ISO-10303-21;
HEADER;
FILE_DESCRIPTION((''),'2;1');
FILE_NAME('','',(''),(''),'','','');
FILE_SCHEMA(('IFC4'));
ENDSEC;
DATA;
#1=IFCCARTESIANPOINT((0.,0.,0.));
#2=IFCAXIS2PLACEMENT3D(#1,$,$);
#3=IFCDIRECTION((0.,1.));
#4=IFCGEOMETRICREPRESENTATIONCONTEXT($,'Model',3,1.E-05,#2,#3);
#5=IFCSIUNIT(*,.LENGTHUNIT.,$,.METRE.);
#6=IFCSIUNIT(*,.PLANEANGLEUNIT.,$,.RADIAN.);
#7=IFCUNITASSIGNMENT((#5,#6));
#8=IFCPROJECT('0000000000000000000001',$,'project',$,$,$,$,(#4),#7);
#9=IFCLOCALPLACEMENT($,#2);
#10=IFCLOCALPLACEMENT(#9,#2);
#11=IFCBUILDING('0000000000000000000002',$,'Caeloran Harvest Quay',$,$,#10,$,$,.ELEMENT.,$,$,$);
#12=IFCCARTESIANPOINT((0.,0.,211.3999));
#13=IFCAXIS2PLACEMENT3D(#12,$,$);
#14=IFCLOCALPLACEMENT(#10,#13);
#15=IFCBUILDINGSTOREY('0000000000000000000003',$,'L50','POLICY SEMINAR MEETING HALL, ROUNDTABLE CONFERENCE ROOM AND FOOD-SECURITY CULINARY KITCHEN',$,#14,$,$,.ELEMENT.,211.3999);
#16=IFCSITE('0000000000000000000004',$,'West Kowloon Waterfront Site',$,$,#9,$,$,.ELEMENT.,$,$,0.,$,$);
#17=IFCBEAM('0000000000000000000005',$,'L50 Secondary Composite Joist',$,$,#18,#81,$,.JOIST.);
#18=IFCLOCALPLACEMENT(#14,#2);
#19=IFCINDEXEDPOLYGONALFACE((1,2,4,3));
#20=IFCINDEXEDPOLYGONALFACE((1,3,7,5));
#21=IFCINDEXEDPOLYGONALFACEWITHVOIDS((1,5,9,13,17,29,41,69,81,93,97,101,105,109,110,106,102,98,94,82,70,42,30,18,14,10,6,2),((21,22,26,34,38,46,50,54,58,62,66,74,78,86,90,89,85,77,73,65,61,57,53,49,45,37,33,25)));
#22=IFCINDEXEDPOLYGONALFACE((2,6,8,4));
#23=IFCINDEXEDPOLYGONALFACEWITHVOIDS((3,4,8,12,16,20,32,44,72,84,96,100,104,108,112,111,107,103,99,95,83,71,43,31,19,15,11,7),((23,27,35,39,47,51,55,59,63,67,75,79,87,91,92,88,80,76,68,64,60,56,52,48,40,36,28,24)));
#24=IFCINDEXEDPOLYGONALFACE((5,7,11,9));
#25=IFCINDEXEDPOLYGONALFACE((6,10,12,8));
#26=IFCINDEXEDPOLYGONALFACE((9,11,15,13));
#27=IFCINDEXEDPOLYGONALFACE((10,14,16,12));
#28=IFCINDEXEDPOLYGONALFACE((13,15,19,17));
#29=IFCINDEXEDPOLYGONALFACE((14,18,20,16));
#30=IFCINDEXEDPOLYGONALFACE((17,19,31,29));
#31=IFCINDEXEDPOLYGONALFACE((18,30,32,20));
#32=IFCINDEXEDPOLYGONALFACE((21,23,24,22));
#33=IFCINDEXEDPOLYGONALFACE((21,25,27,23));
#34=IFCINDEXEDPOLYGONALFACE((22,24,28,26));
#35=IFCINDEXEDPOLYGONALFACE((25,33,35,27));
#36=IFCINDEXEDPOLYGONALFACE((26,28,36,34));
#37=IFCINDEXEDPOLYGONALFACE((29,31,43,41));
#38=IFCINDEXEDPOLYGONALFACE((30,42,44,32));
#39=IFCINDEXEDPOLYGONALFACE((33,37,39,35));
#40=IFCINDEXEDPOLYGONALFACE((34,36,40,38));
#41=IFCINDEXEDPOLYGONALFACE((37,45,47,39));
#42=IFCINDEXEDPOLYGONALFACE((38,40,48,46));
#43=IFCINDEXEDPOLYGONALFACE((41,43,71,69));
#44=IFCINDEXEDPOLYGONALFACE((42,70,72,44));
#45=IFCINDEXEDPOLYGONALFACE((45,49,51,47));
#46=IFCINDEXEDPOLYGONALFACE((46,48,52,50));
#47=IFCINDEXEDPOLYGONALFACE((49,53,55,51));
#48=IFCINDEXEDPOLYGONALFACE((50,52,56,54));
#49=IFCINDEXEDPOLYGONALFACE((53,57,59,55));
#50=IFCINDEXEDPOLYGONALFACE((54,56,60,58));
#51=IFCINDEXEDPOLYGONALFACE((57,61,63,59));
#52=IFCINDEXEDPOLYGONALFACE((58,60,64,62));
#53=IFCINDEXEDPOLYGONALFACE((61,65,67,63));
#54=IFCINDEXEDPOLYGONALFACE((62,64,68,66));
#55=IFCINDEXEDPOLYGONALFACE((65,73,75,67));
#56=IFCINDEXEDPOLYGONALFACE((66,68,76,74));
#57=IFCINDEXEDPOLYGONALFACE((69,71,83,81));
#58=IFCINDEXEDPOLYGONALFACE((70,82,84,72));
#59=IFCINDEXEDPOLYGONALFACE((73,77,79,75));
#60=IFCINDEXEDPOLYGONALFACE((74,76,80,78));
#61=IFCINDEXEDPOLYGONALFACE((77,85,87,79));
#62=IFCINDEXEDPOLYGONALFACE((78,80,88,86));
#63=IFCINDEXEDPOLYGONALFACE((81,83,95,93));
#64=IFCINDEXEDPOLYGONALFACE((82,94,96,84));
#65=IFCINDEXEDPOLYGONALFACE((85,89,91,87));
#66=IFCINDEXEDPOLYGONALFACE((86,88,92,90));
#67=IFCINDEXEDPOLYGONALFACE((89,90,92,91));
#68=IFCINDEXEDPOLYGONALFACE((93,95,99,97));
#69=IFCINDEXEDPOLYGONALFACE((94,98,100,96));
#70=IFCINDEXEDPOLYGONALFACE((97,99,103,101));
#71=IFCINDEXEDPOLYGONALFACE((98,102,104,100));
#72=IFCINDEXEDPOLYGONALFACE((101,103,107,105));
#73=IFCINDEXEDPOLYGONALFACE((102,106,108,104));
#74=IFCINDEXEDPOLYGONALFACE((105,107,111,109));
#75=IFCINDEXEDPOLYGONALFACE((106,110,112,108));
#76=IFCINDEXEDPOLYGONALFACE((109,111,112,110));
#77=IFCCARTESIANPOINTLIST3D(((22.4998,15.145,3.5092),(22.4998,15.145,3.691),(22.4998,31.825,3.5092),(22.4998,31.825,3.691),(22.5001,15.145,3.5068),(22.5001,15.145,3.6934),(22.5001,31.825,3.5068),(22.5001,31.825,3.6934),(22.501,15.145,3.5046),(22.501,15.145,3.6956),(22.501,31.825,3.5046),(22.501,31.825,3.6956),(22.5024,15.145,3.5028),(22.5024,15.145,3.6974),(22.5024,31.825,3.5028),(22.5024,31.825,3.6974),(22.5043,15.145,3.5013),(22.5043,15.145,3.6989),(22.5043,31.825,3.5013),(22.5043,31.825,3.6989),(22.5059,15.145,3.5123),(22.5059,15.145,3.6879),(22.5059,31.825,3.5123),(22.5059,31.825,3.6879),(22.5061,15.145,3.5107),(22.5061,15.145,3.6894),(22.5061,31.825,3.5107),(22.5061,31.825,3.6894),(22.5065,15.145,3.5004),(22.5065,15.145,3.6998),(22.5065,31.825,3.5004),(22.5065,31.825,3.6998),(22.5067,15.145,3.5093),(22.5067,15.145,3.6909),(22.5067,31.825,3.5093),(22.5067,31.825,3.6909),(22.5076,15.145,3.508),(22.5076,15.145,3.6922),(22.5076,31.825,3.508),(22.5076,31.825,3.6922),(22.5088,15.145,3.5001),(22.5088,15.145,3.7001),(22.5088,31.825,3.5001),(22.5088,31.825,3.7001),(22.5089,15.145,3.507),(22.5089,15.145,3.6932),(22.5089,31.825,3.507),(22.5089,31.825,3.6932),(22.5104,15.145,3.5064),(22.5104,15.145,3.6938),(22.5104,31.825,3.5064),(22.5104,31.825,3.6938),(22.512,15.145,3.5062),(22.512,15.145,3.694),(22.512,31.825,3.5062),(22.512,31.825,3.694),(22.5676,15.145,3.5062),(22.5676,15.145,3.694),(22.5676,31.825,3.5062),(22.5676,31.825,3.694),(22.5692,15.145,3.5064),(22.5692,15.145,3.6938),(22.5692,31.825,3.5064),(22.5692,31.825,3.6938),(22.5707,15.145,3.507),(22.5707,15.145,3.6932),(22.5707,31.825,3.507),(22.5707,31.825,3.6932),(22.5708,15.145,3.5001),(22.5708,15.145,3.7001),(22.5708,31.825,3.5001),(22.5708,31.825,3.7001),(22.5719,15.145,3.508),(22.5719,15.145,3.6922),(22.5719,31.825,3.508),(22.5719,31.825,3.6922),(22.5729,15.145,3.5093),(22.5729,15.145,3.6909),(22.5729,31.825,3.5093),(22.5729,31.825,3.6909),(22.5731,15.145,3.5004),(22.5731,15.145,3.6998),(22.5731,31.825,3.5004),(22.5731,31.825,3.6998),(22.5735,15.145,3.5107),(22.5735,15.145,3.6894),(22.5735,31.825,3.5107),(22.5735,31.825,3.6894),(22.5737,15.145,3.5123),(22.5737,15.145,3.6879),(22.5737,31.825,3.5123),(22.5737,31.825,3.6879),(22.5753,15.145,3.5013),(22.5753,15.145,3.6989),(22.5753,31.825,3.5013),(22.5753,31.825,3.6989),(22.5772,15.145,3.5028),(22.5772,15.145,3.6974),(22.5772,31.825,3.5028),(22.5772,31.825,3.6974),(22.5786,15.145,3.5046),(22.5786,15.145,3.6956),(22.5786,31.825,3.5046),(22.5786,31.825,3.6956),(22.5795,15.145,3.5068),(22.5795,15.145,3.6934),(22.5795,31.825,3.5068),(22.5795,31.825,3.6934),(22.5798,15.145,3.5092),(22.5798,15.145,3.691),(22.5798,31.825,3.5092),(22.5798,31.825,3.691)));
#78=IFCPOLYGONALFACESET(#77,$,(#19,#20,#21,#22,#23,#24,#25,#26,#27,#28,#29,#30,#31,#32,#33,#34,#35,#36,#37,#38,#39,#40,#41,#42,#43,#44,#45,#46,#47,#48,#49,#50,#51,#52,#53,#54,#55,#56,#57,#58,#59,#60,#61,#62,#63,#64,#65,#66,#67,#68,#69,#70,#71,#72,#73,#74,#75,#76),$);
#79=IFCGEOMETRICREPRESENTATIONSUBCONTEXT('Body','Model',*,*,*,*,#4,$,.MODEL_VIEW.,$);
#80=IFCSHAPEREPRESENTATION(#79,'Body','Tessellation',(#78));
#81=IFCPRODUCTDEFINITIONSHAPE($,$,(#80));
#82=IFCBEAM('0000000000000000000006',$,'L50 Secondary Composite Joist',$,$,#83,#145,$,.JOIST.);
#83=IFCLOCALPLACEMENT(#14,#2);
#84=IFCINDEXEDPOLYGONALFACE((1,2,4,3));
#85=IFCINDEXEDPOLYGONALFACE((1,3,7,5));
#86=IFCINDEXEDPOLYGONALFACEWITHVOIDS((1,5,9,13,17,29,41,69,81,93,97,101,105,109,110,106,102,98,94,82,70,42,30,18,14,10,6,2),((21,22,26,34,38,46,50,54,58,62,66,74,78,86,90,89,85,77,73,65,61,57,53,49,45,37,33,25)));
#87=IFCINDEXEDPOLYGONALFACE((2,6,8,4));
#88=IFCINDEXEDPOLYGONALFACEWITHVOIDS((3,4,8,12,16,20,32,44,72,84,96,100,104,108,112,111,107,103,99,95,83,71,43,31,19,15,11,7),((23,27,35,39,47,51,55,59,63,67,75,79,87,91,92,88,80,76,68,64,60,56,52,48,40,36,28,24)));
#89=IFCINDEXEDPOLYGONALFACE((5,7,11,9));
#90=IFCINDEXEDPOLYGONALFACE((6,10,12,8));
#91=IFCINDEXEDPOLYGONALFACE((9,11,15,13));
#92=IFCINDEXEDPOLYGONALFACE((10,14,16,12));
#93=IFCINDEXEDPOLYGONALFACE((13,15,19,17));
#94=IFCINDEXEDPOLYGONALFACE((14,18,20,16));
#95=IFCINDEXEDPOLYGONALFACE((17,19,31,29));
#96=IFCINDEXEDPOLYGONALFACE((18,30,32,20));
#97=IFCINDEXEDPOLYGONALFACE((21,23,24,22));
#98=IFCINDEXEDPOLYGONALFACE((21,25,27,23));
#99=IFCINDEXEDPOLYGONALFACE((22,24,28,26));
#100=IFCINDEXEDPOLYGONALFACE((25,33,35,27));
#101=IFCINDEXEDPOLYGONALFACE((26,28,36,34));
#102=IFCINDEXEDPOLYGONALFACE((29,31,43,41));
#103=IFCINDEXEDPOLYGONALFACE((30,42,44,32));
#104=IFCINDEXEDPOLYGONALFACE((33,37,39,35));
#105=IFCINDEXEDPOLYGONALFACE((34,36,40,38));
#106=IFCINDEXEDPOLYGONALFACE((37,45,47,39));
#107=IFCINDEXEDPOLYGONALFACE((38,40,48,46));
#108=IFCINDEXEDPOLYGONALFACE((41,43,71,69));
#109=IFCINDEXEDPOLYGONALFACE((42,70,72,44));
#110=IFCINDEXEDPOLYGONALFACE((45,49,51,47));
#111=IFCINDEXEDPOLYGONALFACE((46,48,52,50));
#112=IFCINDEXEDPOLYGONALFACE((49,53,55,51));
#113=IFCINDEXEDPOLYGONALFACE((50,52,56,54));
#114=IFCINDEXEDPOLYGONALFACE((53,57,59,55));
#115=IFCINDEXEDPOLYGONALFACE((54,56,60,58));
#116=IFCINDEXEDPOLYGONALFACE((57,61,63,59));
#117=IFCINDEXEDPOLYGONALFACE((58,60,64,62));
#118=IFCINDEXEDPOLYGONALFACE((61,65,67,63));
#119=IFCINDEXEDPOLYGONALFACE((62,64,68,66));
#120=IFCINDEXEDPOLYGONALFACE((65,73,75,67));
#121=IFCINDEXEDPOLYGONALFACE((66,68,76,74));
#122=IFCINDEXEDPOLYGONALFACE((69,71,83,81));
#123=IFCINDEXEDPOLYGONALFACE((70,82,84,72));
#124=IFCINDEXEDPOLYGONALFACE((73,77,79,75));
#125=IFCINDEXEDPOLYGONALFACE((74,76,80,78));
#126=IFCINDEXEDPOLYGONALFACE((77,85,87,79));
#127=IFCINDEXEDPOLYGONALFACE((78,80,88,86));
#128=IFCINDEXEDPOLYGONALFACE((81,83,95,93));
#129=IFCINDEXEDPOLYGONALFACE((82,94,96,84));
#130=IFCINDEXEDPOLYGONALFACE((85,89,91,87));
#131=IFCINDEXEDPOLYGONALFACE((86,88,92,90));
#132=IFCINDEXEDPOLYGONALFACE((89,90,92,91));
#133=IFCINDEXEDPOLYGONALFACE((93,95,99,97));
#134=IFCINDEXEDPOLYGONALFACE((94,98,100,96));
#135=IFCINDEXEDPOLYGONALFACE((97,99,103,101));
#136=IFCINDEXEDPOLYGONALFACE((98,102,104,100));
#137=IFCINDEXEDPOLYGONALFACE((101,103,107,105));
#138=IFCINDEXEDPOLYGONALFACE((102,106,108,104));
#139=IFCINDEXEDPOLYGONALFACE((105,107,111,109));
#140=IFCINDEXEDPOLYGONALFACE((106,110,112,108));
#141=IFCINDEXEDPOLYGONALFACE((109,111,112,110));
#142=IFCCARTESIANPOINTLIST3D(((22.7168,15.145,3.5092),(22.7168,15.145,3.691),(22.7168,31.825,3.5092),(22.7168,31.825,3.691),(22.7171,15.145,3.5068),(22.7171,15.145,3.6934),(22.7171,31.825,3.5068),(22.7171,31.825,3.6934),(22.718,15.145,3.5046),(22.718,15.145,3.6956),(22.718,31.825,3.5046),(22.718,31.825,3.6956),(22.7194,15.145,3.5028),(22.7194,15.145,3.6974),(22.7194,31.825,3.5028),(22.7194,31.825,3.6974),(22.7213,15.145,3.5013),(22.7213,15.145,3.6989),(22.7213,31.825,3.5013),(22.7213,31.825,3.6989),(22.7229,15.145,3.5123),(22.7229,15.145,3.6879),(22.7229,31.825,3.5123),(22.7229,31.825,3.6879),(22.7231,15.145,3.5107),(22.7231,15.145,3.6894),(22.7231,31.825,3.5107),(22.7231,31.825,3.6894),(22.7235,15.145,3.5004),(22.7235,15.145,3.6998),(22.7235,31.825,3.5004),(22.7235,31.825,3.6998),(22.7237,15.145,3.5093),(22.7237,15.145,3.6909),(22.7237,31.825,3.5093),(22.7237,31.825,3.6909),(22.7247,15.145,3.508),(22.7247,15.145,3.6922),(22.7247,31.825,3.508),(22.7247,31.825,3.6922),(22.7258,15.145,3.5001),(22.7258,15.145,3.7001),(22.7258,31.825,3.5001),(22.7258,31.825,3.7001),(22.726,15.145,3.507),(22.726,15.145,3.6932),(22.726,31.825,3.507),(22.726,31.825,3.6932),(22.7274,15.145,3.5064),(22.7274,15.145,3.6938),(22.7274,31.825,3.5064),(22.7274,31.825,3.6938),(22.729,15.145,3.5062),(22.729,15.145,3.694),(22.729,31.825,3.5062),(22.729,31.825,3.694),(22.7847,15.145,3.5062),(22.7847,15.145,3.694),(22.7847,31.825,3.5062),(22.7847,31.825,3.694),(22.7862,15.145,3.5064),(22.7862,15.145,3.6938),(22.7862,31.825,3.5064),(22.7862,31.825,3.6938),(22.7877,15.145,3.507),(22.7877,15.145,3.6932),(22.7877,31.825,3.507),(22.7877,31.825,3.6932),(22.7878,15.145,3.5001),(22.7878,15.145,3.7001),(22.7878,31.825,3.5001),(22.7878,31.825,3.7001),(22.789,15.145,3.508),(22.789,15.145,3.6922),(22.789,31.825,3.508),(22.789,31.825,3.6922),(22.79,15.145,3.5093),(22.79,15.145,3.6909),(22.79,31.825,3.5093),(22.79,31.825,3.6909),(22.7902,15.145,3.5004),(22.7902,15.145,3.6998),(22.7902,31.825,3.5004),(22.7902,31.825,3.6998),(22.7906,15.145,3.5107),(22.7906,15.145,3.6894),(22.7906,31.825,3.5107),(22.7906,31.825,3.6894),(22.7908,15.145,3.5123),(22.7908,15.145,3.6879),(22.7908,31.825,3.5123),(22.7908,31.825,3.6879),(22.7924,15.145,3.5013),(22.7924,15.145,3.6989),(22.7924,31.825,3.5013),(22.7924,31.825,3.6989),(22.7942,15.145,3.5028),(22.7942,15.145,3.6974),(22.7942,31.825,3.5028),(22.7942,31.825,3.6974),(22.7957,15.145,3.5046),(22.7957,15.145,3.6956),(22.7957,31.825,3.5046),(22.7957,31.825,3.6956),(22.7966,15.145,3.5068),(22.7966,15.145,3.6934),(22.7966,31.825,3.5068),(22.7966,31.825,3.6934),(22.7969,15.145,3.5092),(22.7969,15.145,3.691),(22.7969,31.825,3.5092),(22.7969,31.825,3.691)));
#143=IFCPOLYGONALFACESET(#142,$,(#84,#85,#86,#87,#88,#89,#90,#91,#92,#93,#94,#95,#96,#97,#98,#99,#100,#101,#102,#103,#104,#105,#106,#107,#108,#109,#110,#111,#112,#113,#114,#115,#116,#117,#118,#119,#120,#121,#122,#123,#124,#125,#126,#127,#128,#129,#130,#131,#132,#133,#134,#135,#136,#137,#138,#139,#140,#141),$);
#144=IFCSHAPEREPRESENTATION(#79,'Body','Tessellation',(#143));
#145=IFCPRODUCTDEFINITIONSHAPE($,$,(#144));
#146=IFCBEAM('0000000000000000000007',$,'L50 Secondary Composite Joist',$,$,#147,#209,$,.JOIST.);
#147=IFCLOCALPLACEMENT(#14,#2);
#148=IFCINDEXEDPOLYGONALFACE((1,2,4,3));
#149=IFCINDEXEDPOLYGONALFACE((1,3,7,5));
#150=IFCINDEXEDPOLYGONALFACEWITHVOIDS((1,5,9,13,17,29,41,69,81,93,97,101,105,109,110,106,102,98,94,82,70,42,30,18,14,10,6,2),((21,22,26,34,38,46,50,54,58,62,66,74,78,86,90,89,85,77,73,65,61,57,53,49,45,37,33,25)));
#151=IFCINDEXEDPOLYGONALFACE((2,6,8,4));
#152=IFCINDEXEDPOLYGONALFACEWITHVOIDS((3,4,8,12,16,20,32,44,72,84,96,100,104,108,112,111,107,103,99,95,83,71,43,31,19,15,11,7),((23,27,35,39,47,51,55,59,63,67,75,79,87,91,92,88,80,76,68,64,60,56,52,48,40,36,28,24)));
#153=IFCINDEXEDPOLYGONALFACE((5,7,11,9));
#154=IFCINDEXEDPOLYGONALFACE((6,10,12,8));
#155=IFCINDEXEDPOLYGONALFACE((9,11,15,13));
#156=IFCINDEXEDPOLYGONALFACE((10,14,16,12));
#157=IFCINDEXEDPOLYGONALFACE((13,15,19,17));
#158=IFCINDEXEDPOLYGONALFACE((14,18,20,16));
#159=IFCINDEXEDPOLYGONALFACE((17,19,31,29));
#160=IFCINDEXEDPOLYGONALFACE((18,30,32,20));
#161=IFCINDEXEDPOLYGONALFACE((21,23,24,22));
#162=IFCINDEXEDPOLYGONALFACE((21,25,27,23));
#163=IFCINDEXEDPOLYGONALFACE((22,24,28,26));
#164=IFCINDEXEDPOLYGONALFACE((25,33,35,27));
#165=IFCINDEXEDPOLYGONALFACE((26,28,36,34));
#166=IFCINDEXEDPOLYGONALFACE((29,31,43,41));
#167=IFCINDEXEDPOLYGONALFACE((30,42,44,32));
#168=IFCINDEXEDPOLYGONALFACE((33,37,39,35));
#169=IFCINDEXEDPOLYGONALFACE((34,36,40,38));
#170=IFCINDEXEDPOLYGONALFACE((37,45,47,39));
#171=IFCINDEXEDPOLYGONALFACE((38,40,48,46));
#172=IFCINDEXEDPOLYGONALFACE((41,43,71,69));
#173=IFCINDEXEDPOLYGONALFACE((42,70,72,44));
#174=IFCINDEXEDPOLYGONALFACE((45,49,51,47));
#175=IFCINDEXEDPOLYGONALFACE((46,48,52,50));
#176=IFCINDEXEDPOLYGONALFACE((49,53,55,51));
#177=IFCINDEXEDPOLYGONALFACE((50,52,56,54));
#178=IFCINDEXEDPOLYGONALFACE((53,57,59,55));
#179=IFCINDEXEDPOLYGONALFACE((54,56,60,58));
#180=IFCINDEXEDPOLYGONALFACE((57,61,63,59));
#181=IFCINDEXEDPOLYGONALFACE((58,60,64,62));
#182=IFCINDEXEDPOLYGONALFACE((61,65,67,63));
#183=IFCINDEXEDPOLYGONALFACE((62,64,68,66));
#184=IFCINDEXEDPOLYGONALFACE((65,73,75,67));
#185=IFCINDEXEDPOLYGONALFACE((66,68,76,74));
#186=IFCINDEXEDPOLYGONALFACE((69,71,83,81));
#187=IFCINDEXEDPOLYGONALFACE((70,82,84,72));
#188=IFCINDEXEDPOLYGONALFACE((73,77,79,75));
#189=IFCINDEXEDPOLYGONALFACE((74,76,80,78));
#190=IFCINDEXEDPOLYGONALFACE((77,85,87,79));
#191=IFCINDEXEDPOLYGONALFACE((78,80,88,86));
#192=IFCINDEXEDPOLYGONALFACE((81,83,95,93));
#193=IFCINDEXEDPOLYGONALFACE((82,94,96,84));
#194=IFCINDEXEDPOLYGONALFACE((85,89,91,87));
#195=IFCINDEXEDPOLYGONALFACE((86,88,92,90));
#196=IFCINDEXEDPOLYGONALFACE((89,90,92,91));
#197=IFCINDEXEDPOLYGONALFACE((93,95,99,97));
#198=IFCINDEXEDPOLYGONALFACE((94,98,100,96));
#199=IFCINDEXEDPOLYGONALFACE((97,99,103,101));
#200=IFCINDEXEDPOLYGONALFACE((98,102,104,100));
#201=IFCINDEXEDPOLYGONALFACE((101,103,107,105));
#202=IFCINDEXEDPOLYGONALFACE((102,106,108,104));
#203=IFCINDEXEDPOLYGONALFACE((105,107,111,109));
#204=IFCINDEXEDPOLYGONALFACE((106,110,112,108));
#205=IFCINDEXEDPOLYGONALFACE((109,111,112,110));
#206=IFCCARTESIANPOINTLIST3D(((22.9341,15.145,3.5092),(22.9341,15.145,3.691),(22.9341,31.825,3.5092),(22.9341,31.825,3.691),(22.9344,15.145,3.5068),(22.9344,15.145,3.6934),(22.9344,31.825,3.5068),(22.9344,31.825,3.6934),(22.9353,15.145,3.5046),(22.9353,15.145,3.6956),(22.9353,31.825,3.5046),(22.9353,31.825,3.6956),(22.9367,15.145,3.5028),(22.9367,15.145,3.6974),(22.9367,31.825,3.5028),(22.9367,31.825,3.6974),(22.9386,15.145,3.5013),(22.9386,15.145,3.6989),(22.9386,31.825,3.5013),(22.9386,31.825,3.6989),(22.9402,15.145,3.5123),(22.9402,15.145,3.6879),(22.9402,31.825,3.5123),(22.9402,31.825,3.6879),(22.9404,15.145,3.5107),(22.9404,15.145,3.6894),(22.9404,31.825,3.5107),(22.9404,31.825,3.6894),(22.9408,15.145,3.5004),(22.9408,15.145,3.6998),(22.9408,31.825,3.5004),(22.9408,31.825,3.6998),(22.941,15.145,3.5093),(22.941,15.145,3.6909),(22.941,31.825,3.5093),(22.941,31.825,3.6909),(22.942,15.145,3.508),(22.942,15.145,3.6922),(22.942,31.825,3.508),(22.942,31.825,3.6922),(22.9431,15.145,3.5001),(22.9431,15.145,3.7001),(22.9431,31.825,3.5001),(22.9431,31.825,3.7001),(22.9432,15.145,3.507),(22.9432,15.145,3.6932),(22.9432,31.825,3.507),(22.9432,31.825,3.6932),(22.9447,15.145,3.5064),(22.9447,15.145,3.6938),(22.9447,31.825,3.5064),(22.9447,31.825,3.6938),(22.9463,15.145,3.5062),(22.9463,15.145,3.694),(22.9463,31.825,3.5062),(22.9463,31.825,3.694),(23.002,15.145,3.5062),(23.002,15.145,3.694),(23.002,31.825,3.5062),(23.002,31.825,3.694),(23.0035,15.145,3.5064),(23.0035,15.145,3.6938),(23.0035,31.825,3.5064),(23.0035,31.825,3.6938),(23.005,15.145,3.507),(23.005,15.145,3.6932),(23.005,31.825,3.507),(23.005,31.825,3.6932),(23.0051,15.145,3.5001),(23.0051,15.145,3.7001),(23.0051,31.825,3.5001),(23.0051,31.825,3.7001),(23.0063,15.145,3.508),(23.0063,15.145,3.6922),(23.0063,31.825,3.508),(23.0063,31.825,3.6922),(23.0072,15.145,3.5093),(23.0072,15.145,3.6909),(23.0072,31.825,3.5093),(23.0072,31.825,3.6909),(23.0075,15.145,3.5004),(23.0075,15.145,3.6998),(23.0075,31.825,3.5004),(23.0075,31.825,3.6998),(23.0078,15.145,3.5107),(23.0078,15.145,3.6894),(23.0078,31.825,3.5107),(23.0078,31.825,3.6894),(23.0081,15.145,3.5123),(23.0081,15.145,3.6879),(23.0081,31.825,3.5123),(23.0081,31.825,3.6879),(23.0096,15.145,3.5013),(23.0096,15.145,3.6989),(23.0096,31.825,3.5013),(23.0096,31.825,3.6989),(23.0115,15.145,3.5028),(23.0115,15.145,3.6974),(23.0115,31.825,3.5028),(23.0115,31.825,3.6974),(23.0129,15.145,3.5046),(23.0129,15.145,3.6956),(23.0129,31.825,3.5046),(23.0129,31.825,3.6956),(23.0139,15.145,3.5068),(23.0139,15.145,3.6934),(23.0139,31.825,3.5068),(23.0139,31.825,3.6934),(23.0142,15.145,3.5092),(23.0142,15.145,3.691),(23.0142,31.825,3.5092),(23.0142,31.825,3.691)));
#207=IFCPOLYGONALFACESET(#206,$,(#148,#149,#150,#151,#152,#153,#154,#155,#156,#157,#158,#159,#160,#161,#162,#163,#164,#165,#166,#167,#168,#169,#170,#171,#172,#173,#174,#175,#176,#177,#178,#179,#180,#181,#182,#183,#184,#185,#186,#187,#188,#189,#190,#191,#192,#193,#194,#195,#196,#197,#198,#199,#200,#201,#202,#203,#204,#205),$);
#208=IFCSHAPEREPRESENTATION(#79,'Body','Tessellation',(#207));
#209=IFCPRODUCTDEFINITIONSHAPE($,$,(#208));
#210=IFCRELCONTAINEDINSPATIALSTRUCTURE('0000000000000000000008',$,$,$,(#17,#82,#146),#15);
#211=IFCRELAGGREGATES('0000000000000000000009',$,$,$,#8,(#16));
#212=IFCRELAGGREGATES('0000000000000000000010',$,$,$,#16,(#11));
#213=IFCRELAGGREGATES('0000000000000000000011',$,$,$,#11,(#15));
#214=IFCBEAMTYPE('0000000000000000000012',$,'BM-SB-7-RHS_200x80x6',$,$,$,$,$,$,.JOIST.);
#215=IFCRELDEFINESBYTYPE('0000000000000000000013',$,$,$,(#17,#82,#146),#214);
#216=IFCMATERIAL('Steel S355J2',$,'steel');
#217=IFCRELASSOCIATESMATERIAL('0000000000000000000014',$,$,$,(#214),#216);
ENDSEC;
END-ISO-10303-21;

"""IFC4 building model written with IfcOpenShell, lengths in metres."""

from ifc_helpers import new_model, si_unit, direction, frame, origin, origin_2d, place, context, subcontext, project, spatial, hollow_rectangle, extrude, material, material_profile, profile_set, type_object, element, save


model = new_model("IFC4")

# Units and contexts
model_context = context("Model", 3, precision=1e-05, world=origin(), true_north=direction((0.0, 1.0)))
body_context = subcontext(model_context, "Body", "Model", "MODEL_VIEW")
ifc_project = project(units=[si_unit("LENGTHUNIT", "METRE"), si_unit("PLANEANGLEUNIT", "RADIAN")], contexts=[model_context])

# Site, building, storey
site_placement = place(None, origin())
site = spatial("IfcSite", under=ifc_project, at=site_placement, Name="West Kowloon Waterfront Site", CompositionType="ELEMENT", RefElevation=0.0)
building_placement = place(site_placement, origin())
building = spatial("IfcBuilding", under=site, at=building_placement, Name="Caeloran Harvest Quay", CompositionType="ELEMENT")
storey_placement = place(building_placement, frame((0.0, 0.0, 211.3999)))
storey = spatial("IfcBuildingStorey", under=building, at=storey_placement, Name="L50", Description="POLICY SEMINAR MEETING HALL, ROUNDTABLE CONFERENCE ROOM AND FOOD-SECURITY CULINARY KITCHEN", CompositionType="ELEMENT", Elevation=211.3999)

# Beams
ifc_material_1 = material(Name="Steel S355J2", Category="steel")
ifc_material_profile_1 = material_profile(ifc_material_1, hollow_rectangle(XDim=0.0801, YDim=0.2, WallThickness=0.0061, InnerFilletRadius=0.0061, OuterFilletRadius=0.009, at=origin_2d()), Name="RHS 200x80x6")
ifc_profile_set_1 = profile_set([ifc_material_profile_1], Name="Steel S355J2")
beam_type_1 = type_object("IfcBeamType", Name="BM-SB-7-RHS_200x80x6", PredefinedType="JOIST", material=ifc_profile_set_1)
for number, where, z_axis, x_axis, name in (
    (1, (22.5398, 15.145, 3.6001), (0.0, 1.0, 0.0), (-1.0, 0.0, 0.0), "L50 Secondary Composite Joist"),
    (2, (22.7568, 15.145, 3.6001), (0.0, 1.0, 0.0), (-1.0, 0.0, 0.0), "L50 Secondary Composite Joist"),
    (3, (22.9741, 15.145, 3.6001), (0.0, 1.0, 0.0), (-1.0, 0.0, 0.0), "L50 Secondary Composite Joist"),
):
    element("IfcBeam", number, at=place(storey_placement, frame(where, z_axis=z_axis, x_axis=x_axis)), inside=storey, type_object=beam_type_1, Name=name, PredefinedType="JOIST", context=body_context, shape_type="SweptSolid", body=[
        extrude(hollow_rectangle(XDim=0.0801, YDim=0.2, WallThickness=0.0061, InnerFilletRadius=0.0061, OuterFilletRadius=0.009, at=origin_2d()), origin(), (0.0, 0.0, 1.0), 16.6799),
    ])

save(model, "model.ifc")
